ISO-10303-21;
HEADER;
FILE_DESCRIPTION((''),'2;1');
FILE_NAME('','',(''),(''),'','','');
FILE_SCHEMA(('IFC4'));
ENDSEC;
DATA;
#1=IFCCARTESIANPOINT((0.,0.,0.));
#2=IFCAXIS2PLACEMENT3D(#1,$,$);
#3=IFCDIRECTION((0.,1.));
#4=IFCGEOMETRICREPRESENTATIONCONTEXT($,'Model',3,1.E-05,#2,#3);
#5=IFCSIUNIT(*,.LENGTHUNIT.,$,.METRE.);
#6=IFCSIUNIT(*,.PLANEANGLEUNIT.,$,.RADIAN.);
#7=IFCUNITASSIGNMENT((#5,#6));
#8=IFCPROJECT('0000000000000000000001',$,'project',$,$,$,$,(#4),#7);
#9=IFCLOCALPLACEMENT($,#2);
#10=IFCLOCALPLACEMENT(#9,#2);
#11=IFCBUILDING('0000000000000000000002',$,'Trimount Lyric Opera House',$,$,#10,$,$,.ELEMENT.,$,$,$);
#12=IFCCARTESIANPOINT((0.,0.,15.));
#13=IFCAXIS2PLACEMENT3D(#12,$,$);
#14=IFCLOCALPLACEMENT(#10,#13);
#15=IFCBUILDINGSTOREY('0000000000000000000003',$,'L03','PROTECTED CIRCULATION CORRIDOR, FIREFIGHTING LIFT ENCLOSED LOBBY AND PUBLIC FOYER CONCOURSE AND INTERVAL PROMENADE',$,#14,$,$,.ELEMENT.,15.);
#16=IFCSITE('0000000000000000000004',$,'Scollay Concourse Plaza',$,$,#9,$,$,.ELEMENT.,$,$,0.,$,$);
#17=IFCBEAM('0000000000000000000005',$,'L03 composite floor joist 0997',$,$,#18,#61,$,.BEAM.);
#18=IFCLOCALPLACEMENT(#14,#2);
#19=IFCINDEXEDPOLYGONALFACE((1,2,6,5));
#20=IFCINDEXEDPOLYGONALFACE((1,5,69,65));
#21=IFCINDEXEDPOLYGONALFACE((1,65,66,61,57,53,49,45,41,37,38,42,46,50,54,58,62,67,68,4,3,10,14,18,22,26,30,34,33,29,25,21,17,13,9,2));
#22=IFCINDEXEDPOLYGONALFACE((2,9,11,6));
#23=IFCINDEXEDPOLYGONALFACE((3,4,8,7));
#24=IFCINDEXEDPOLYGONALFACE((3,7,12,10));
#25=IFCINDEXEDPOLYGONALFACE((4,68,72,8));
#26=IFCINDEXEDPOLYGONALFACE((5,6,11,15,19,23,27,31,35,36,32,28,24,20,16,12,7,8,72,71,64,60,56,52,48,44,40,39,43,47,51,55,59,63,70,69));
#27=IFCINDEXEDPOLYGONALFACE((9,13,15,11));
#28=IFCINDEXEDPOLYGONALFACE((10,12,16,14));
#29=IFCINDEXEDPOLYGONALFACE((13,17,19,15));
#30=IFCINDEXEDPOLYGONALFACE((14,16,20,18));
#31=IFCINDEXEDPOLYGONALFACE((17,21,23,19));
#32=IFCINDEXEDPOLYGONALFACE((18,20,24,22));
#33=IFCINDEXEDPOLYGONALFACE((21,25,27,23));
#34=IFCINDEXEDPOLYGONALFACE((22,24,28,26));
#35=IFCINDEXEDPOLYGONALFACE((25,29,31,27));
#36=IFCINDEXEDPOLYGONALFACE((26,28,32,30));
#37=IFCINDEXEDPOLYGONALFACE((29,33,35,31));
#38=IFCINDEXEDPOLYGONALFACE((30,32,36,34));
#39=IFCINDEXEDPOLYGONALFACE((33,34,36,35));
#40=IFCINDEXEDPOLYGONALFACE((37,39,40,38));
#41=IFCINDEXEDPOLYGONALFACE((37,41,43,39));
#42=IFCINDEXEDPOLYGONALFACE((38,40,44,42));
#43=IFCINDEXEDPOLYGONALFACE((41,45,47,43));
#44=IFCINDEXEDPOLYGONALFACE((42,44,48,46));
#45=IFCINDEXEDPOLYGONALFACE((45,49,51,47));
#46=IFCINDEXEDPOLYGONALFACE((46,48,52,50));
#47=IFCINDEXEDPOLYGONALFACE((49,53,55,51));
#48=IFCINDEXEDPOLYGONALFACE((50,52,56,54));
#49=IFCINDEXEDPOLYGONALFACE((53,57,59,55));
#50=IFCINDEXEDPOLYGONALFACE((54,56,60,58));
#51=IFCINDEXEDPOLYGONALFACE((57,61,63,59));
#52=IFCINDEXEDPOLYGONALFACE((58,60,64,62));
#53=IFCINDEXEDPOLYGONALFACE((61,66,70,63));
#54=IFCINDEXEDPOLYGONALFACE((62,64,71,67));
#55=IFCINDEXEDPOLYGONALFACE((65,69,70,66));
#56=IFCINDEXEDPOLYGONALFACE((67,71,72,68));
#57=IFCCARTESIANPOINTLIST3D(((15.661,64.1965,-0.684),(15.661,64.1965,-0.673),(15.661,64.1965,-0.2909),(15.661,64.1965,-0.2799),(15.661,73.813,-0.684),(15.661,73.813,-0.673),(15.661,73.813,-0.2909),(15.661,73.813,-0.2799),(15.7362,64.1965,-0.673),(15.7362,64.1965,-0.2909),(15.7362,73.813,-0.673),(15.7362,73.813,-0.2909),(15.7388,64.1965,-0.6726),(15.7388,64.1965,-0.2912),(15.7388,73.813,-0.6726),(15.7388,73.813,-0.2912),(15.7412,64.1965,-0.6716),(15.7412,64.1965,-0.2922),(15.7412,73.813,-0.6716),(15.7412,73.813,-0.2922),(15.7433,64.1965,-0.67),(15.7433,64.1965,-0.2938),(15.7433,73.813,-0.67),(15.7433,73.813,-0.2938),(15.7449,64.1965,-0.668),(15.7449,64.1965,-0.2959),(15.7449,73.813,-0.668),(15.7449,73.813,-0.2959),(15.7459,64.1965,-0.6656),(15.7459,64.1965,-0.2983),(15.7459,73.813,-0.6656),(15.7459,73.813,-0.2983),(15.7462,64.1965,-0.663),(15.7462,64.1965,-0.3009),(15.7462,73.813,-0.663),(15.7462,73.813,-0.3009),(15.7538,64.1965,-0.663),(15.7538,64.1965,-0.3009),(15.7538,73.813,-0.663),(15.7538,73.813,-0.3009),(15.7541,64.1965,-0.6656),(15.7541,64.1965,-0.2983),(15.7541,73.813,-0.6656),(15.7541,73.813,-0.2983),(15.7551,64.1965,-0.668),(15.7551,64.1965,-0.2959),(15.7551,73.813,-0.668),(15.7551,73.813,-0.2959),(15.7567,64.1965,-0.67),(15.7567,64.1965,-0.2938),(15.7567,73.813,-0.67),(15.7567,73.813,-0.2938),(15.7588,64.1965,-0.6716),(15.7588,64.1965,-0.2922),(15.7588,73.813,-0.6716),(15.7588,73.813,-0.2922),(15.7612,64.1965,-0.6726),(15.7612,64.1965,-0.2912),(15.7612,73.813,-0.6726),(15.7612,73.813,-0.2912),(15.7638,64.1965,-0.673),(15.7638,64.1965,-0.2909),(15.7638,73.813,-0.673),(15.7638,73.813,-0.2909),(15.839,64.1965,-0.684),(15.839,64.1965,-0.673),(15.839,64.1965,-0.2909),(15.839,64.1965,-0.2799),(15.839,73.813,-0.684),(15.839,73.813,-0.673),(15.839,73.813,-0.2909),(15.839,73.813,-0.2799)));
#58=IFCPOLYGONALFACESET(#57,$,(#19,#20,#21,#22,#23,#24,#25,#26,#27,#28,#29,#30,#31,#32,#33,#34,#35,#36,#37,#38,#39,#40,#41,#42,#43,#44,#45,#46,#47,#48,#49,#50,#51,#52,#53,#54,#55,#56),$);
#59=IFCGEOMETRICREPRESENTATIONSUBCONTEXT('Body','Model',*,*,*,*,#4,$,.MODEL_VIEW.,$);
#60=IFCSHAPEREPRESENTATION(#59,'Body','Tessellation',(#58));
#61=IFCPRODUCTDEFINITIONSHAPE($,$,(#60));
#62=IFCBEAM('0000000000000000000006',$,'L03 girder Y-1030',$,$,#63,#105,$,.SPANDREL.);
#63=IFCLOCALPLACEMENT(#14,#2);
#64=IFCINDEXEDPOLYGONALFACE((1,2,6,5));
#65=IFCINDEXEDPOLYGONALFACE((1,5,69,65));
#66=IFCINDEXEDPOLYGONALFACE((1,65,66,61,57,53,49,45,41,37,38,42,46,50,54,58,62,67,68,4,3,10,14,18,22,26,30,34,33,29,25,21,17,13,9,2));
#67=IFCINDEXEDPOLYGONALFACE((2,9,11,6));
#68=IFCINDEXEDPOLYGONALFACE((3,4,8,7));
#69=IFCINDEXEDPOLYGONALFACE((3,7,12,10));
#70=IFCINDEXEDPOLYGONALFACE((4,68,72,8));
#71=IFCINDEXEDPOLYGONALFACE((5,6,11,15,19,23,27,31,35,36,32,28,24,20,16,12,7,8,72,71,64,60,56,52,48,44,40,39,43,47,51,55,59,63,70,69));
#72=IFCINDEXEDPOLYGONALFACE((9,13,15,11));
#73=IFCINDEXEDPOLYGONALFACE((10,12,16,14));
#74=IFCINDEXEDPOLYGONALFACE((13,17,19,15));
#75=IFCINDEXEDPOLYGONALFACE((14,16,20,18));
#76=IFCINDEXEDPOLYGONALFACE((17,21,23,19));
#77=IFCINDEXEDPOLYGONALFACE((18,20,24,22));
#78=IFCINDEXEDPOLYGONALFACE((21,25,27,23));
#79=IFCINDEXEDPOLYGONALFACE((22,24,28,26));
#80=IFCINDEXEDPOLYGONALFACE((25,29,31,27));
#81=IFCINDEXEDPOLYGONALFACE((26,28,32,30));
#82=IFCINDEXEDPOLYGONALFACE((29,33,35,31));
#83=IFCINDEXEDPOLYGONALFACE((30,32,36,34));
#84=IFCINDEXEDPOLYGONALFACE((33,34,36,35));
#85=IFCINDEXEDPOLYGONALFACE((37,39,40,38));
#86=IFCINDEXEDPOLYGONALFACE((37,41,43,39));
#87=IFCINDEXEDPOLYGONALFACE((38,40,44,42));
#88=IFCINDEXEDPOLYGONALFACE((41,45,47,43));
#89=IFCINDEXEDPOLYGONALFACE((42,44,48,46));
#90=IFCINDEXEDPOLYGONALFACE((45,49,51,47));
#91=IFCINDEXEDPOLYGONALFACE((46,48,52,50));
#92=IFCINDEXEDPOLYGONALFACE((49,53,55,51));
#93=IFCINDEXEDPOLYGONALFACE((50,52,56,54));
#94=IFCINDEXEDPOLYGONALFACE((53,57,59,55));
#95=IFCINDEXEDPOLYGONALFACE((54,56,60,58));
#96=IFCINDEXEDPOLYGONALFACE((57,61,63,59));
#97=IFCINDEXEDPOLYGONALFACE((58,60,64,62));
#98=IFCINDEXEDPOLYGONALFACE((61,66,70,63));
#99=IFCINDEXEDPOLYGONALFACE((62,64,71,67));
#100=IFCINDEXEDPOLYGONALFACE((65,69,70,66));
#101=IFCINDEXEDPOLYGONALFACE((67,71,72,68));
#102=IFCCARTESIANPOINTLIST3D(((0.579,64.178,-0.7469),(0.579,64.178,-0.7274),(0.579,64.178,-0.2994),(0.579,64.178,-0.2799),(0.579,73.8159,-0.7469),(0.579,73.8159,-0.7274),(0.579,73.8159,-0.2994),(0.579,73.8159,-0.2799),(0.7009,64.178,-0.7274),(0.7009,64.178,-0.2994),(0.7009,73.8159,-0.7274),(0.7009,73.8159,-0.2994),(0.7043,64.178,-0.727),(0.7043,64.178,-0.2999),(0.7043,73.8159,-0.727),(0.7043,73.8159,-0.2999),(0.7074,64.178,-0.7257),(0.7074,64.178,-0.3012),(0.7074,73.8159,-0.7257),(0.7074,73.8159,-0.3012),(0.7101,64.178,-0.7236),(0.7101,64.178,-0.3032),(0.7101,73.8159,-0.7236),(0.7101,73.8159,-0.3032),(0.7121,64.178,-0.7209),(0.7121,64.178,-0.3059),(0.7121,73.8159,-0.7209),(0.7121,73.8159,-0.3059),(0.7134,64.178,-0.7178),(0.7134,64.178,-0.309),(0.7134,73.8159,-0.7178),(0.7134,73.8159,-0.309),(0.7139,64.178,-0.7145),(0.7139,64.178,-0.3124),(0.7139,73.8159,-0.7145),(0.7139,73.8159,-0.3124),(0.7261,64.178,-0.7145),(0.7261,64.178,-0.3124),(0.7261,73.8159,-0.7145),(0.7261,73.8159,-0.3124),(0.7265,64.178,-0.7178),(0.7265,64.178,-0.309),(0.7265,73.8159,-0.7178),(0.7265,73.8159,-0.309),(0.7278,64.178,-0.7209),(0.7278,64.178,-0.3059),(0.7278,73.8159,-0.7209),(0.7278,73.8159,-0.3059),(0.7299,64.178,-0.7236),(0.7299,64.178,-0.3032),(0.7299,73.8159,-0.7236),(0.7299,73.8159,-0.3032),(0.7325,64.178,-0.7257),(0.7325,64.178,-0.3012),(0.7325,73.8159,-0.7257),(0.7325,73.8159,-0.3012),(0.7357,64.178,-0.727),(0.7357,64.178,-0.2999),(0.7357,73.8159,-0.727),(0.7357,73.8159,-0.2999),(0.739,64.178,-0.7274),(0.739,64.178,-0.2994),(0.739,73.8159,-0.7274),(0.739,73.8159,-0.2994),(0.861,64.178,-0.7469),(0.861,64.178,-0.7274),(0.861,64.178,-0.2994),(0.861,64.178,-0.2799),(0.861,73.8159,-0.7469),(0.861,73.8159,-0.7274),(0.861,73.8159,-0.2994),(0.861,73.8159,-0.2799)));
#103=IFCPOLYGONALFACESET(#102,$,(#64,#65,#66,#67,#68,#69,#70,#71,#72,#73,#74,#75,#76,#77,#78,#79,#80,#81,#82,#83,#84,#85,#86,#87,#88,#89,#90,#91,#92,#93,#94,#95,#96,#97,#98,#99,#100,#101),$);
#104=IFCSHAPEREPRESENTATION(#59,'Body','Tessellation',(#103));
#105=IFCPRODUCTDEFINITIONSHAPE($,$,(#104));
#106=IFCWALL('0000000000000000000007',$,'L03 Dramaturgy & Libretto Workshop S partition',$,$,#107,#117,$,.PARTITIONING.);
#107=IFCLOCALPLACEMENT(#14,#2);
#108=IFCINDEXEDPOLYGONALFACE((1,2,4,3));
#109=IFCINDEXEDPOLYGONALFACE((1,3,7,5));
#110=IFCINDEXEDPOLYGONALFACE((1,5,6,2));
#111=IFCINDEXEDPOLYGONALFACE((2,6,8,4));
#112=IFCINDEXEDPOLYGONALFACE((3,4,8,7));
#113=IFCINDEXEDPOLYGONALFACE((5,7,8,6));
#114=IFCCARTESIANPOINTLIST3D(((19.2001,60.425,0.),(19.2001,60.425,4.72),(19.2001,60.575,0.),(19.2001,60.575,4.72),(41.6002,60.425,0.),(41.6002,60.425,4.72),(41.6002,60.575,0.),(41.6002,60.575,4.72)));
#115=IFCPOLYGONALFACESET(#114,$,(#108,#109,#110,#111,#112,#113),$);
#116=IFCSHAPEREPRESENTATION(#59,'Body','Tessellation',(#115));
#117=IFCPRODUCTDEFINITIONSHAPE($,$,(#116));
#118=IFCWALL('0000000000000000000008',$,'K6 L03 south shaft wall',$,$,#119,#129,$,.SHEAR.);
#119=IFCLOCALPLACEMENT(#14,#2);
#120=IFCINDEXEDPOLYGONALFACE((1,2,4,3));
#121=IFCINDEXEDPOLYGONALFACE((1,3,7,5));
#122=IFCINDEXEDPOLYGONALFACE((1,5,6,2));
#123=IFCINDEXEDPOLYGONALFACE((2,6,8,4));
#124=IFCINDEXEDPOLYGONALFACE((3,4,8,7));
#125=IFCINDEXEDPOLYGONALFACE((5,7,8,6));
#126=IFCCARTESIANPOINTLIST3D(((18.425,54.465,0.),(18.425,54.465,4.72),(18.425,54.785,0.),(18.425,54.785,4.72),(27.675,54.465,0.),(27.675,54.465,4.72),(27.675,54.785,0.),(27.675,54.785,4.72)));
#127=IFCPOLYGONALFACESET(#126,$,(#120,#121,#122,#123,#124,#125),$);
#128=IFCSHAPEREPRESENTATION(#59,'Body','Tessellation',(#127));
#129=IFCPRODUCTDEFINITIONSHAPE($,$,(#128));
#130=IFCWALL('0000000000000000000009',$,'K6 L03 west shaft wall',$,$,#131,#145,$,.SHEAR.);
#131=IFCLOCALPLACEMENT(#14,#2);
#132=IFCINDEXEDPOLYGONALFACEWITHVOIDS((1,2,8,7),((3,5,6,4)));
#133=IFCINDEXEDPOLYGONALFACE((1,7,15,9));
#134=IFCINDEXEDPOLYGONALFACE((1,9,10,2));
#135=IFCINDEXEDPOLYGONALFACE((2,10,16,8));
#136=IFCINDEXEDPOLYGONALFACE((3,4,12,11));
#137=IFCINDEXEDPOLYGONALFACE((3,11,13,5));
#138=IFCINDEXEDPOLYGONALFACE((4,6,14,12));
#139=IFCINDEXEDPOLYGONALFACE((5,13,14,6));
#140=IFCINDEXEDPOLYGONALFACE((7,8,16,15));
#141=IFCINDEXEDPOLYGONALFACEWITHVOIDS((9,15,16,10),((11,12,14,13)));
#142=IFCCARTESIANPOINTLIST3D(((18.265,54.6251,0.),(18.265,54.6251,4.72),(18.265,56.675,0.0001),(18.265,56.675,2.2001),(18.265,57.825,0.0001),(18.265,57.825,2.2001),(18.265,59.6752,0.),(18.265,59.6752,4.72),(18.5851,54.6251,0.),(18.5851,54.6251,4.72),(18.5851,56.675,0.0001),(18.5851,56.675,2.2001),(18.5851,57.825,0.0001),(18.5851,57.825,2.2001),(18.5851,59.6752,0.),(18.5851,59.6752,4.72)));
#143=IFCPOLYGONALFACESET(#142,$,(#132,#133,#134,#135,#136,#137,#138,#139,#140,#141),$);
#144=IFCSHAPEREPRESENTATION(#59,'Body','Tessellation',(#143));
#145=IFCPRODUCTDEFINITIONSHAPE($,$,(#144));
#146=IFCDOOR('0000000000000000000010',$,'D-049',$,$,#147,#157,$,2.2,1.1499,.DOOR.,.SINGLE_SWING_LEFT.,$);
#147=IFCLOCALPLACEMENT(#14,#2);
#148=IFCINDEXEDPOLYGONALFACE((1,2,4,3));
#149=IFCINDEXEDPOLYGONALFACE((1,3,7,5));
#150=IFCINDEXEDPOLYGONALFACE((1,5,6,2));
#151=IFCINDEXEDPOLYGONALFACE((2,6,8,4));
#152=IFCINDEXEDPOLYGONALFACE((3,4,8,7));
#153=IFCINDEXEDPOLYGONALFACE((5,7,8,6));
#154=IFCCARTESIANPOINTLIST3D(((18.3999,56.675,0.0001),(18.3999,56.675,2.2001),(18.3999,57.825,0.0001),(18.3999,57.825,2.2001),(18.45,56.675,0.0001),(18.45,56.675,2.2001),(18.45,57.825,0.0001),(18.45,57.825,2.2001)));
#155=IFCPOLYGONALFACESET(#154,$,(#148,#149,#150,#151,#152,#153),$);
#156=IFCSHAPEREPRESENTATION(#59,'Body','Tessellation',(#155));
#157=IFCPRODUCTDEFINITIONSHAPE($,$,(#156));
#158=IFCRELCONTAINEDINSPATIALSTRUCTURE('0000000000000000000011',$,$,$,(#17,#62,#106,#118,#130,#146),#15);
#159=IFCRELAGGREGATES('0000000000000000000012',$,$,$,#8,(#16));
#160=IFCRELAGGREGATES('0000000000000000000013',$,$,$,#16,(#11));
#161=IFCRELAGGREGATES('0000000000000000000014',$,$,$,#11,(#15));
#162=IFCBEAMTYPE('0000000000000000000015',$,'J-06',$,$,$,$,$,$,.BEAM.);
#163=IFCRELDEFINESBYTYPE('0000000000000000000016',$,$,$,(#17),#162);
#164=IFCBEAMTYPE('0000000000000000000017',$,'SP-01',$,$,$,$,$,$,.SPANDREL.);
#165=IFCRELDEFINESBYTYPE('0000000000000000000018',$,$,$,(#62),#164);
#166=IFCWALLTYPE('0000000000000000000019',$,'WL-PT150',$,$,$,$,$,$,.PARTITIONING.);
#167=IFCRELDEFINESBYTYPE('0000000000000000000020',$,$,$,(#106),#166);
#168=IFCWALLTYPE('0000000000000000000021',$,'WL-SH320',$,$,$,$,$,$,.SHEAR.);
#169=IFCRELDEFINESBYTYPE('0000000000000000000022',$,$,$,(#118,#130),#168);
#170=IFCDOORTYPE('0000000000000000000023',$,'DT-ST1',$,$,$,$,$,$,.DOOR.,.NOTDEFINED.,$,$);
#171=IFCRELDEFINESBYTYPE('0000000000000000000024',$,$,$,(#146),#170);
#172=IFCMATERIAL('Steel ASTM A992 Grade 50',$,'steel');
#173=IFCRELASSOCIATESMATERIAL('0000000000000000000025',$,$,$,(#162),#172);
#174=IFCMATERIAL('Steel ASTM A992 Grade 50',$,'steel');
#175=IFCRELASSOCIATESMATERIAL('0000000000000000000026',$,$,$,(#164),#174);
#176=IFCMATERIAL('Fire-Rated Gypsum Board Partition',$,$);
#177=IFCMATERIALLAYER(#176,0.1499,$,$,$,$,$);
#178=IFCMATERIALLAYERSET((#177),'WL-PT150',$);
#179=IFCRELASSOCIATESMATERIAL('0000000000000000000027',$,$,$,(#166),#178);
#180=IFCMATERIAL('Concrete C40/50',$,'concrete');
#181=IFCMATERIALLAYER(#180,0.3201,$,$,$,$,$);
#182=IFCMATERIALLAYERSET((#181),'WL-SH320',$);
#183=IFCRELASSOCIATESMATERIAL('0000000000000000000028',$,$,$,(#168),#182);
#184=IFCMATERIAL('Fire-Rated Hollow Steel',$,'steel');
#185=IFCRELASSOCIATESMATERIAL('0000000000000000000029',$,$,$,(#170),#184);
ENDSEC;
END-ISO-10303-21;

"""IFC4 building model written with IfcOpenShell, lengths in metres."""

from ifc_helpers import new_model, si_unit, direction, frame, frame_2d, origin, origin_2d, place, context, subcontext, project, spatial, rectangle, i_section, extrude, material, layer, layer_set, material_profile, profile_set, type_object, element, fill, save


model = new_model("IFC4")

# Units and contexts
model_context = context("Model", 3, precision=1e-05, world=origin(), true_north=direction((0.0, 1.0)))
body_context = subcontext(model_context, "Body", "Model", "MODEL_VIEW")
ifc_project = project(units=[si_unit("LENGTHUNIT", "METRE"), si_unit("PLANEANGLEUNIT", "RADIAN")], contexts=[model_context])

# Site, building, storey
site_placement = place(None, origin())
site = spatial("IfcSite", under=ifc_project, at=site_placement, Name="Scollay Concourse Plaza", CompositionType="ELEMENT", RefElevation=0.0)
building_placement = place(site_placement, origin())
building = spatial("IfcBuilding", under=site, at=building_placement, Name="Trimount Lyric Opera House", CompositionType="ELEMENT")
storey_placement = place(building_placement, frame((0.0, 0.0, 15.0)))
storey = spatial("IfcBuildingStorey", under=building, at=storey_placement, Name="L03", Description="PROTECTED CIRCULATION CORRIDOR, FIREFIGHTING LIFT ENCLOSED LOBBY AND PUBLIC FOYER CONCOURSE AND INTERVAL PROMENADE", CompositionType="ELEMENT", Elevation=15.0)

# Beams
ifc_material_1 = material(Name="Steel ASTM A992 Grade 50", Category="steel")
ifc_material_profile_1 = material_profile(ifc_material_1, i_section(OverallWidth=0.178, OverallDepth=0.4041, WebThickness=0.0076, FlangeThickness=0.011, FilletRadius=0.01, at=origin_2d()), Name="W16X36")
ifc_profile_set_1 = profile_set([ifc_material_profile_1], Name="Steel ASTM A992 Grade 50")
beam_type_1 = type_object("IfcBeamType", Name="J-06", PredefinedType="BEAM", material=ifc_profile_set_1)
beam_1_placement = place(storey_placement, frame((15.75, 64.1965, -0.4819), z_axis=(0.0, 1.0, 0.0), x_axis=(-1.0, 0.0, 0.0)))
element("IfcBeam", 1, at=beam_1_placement, inside=storey, type_object=beam_type_1, Name="L03 composite floor joist 0997", PredefinedType="BEAM", context=body_context, shape_type="SweptSolid", body=[
    extrude(i_section(OverallWidth=0.178, OverallDepth=0.4041, WebThickness=0.0076, FlangeThickness=0.011, FilletRadius=0.01, at=origin_2d()), origin(), (0.0, 0.0, 1.0), 9.6165),
])
ifc_material_2 = material(Name="Steel ASTM A992 Grade 50", Category="steel")
ifc_material_profile_2 = material_profile(ifc_material_2, i_section(OverallWidth=0.282, OverallDepth=0.467, WebThickness=0.0122, FlangeThickness=0.0195, FilletRadius=0.0129, at=origin_2d()), Name="W18X86")
ifc_profile_set_2 = profile_set([ifc_material_profile_2], Name="Steel ASTM A992 Grade 50")
beam_type_2 = type_object("IfcBeamType", Name="SP-01", PredefinedType="SPANDREL", material=ifc_profile_set_2)
beam_2_placement = place(storey_placement, frame((0.72, 64.178, -0.5134), z_axis=(0.0, 1.0, 0.0), x_axis=(-1.0, 0.0, 0.0)))
element("IfcBeam", 2, at=beam_2_placement, inside=storey, type_object=beam_type_2, Name="L03 girder Y-1030", PredefinedType="SPANDREL", context=body_context, shape_type="SweptSolid", body=[
    extrude(i_section(OverallWidth=0.282, OverallDepth=0.467, WebThickness=0.0122, FlangeThickness=0.0195, FilletRadius=0.0129, at=origin_2d()), origin(), (0.0, 0.0, 1.0), 9.6379),
])

# Walls
ifc_material_3 = material(Name="Fire-Rated Gypsum Board Partition")
ifc_layer_1 = layer(ifc_material_3, 0.1499)
ifc_layer_set_1 = layer_set([ifc_layer_1], Name="WL-PT150")
wall_type_1 = type_object("IfcWallType", Name="WL-PT150", PredefinedType="PARTITIONING", material=ifc_layer_set_1)
wall_1_placement = place(storey_placement, frame((19.2, 60.5, 0.0), z_axis=(0.0, 0.0, 1.0), x_axis=(1.0, 0.0, 0.0)))
element("IfcWall", 3, at=wall_1_placement, inside=storey, type_object=wall_type_1, Name="L03 Dramaturgy & Libretto Workshop S partition", PredefinedType="PARTITIONING", context=body_context, shape_type="SweptSolid", body=[
    extrude(rectangle(XDim=22.4001, YDim=0.1499, at=frame_2d((11.2002, 0.0))), origin(), (0.0, 0.0, 1.0), 4.72),
])
ifc_material_4 = material(Name="Concrete C40/50", Category="concrete")
ifc_layer_2 = layer(ifc_material_4, 0.3201)
ifc_layer_set_2 = layer_set([ifc_layer_2], Name="WL-SH320")
wall_type_2 = type_object("IfcWallType", Name="WL-SH320", PredefinedType="SHEAR", material=ifc_layer_set_2)
wall_2_placement = place(storey_placement, frame((18.425, 54.625, 0.0), z_axis=(0.0, 0.0, 1.0), x_axis=(1.0, 0.0, 0.0)))
element("IfcWall", 4, at=wall_2_placement, inside=storey, type_object=wall_type_2, Name="K6 L03 south shaft wall", PredefinedType="SHEAR", context=body_context, shape_type="SweptSolid", body=[
    extrude(rectangle(XDim=9.25, YDim=0.3201, at=frame_2d((4.625, 0.0))), origin(), (0.0, 0.0, 1.0), 4.72),
])

# Wall, opening, door
wall_3_placement = place(storey_placement, frame((18.425, 59.675, 0.0), z_axis=(0.0, 0.0, 1.0), x_axis=(0.0, -1.0, 0.0)))
wall_3 = element("IfcWall", 5, at=wall_3_placement, inside=storey, type_object=wall_type_2, Name="K6 L03 west shaft wall", PredefinedType="SHEAR", context=body_context, shape_type="SweptSolid", body=[
    extrude(rectangle(XDim=5.05, YDim=0.3201, at=frame_2d((2.5249, 0.0))), origin(), (0.0, 0.0, 1.0), 4.72),
])
opening_1_placement = place(wall_3_placement, frame((1.8501, 0.0, 0.0)))
opening_1 = element("IfcOpeningElement", 6, at=opening_1_placement, cuts=wall_3, PredefinedType="OPENING", context=body_context, shape_type="SweptSolid", body=[
    extrude(rectangle(XDim=1.1499, YDim=2.2, at=frame_2d((0.575, 1.1001))), frame((0.0, 0.1699, 0.0), z_axis=(0.0, -1.0, 0.0), x_axis=(1.0, 0.0, 0.0)), (0.0, 0.0, 1.0), 0.3401),
])
ifc_material_5 = material(Name="Fire-Rated Hollow Steel", Category="steel")
door_type = type_object("IfcDoorType", Name="DT-ST1", OperationType="NOTDEFINED", PredefinedType="DOOR", material=ifc_material_5)
door_placement = place(opening_1_placement, origin())
door = element("IfcDoor", 7, at=door_placement, inside=storey, type_object=door_type, Name="D-049", OperationType="SINGLE_SWING_LEFT", OverallHeight=2.2, OverallWidth=1.1499, PredefinedType="DOOR", context=body_context, shape_type="SweptSolid", body=[
    extrude(rectangle(XDim=1.1499, YDim=2.2, at=frame_2d((0.575, 1.1001))), frame((0.0, 0.0249, 0.0), z_axis=(0.0, -1.0, 0.0), x_axis=(1.0, 0.0, 0.0)), (0.0, 0.0, 1.0), 0.05),
])
fill(opening_1, door)

save(model, "model.ifc")
